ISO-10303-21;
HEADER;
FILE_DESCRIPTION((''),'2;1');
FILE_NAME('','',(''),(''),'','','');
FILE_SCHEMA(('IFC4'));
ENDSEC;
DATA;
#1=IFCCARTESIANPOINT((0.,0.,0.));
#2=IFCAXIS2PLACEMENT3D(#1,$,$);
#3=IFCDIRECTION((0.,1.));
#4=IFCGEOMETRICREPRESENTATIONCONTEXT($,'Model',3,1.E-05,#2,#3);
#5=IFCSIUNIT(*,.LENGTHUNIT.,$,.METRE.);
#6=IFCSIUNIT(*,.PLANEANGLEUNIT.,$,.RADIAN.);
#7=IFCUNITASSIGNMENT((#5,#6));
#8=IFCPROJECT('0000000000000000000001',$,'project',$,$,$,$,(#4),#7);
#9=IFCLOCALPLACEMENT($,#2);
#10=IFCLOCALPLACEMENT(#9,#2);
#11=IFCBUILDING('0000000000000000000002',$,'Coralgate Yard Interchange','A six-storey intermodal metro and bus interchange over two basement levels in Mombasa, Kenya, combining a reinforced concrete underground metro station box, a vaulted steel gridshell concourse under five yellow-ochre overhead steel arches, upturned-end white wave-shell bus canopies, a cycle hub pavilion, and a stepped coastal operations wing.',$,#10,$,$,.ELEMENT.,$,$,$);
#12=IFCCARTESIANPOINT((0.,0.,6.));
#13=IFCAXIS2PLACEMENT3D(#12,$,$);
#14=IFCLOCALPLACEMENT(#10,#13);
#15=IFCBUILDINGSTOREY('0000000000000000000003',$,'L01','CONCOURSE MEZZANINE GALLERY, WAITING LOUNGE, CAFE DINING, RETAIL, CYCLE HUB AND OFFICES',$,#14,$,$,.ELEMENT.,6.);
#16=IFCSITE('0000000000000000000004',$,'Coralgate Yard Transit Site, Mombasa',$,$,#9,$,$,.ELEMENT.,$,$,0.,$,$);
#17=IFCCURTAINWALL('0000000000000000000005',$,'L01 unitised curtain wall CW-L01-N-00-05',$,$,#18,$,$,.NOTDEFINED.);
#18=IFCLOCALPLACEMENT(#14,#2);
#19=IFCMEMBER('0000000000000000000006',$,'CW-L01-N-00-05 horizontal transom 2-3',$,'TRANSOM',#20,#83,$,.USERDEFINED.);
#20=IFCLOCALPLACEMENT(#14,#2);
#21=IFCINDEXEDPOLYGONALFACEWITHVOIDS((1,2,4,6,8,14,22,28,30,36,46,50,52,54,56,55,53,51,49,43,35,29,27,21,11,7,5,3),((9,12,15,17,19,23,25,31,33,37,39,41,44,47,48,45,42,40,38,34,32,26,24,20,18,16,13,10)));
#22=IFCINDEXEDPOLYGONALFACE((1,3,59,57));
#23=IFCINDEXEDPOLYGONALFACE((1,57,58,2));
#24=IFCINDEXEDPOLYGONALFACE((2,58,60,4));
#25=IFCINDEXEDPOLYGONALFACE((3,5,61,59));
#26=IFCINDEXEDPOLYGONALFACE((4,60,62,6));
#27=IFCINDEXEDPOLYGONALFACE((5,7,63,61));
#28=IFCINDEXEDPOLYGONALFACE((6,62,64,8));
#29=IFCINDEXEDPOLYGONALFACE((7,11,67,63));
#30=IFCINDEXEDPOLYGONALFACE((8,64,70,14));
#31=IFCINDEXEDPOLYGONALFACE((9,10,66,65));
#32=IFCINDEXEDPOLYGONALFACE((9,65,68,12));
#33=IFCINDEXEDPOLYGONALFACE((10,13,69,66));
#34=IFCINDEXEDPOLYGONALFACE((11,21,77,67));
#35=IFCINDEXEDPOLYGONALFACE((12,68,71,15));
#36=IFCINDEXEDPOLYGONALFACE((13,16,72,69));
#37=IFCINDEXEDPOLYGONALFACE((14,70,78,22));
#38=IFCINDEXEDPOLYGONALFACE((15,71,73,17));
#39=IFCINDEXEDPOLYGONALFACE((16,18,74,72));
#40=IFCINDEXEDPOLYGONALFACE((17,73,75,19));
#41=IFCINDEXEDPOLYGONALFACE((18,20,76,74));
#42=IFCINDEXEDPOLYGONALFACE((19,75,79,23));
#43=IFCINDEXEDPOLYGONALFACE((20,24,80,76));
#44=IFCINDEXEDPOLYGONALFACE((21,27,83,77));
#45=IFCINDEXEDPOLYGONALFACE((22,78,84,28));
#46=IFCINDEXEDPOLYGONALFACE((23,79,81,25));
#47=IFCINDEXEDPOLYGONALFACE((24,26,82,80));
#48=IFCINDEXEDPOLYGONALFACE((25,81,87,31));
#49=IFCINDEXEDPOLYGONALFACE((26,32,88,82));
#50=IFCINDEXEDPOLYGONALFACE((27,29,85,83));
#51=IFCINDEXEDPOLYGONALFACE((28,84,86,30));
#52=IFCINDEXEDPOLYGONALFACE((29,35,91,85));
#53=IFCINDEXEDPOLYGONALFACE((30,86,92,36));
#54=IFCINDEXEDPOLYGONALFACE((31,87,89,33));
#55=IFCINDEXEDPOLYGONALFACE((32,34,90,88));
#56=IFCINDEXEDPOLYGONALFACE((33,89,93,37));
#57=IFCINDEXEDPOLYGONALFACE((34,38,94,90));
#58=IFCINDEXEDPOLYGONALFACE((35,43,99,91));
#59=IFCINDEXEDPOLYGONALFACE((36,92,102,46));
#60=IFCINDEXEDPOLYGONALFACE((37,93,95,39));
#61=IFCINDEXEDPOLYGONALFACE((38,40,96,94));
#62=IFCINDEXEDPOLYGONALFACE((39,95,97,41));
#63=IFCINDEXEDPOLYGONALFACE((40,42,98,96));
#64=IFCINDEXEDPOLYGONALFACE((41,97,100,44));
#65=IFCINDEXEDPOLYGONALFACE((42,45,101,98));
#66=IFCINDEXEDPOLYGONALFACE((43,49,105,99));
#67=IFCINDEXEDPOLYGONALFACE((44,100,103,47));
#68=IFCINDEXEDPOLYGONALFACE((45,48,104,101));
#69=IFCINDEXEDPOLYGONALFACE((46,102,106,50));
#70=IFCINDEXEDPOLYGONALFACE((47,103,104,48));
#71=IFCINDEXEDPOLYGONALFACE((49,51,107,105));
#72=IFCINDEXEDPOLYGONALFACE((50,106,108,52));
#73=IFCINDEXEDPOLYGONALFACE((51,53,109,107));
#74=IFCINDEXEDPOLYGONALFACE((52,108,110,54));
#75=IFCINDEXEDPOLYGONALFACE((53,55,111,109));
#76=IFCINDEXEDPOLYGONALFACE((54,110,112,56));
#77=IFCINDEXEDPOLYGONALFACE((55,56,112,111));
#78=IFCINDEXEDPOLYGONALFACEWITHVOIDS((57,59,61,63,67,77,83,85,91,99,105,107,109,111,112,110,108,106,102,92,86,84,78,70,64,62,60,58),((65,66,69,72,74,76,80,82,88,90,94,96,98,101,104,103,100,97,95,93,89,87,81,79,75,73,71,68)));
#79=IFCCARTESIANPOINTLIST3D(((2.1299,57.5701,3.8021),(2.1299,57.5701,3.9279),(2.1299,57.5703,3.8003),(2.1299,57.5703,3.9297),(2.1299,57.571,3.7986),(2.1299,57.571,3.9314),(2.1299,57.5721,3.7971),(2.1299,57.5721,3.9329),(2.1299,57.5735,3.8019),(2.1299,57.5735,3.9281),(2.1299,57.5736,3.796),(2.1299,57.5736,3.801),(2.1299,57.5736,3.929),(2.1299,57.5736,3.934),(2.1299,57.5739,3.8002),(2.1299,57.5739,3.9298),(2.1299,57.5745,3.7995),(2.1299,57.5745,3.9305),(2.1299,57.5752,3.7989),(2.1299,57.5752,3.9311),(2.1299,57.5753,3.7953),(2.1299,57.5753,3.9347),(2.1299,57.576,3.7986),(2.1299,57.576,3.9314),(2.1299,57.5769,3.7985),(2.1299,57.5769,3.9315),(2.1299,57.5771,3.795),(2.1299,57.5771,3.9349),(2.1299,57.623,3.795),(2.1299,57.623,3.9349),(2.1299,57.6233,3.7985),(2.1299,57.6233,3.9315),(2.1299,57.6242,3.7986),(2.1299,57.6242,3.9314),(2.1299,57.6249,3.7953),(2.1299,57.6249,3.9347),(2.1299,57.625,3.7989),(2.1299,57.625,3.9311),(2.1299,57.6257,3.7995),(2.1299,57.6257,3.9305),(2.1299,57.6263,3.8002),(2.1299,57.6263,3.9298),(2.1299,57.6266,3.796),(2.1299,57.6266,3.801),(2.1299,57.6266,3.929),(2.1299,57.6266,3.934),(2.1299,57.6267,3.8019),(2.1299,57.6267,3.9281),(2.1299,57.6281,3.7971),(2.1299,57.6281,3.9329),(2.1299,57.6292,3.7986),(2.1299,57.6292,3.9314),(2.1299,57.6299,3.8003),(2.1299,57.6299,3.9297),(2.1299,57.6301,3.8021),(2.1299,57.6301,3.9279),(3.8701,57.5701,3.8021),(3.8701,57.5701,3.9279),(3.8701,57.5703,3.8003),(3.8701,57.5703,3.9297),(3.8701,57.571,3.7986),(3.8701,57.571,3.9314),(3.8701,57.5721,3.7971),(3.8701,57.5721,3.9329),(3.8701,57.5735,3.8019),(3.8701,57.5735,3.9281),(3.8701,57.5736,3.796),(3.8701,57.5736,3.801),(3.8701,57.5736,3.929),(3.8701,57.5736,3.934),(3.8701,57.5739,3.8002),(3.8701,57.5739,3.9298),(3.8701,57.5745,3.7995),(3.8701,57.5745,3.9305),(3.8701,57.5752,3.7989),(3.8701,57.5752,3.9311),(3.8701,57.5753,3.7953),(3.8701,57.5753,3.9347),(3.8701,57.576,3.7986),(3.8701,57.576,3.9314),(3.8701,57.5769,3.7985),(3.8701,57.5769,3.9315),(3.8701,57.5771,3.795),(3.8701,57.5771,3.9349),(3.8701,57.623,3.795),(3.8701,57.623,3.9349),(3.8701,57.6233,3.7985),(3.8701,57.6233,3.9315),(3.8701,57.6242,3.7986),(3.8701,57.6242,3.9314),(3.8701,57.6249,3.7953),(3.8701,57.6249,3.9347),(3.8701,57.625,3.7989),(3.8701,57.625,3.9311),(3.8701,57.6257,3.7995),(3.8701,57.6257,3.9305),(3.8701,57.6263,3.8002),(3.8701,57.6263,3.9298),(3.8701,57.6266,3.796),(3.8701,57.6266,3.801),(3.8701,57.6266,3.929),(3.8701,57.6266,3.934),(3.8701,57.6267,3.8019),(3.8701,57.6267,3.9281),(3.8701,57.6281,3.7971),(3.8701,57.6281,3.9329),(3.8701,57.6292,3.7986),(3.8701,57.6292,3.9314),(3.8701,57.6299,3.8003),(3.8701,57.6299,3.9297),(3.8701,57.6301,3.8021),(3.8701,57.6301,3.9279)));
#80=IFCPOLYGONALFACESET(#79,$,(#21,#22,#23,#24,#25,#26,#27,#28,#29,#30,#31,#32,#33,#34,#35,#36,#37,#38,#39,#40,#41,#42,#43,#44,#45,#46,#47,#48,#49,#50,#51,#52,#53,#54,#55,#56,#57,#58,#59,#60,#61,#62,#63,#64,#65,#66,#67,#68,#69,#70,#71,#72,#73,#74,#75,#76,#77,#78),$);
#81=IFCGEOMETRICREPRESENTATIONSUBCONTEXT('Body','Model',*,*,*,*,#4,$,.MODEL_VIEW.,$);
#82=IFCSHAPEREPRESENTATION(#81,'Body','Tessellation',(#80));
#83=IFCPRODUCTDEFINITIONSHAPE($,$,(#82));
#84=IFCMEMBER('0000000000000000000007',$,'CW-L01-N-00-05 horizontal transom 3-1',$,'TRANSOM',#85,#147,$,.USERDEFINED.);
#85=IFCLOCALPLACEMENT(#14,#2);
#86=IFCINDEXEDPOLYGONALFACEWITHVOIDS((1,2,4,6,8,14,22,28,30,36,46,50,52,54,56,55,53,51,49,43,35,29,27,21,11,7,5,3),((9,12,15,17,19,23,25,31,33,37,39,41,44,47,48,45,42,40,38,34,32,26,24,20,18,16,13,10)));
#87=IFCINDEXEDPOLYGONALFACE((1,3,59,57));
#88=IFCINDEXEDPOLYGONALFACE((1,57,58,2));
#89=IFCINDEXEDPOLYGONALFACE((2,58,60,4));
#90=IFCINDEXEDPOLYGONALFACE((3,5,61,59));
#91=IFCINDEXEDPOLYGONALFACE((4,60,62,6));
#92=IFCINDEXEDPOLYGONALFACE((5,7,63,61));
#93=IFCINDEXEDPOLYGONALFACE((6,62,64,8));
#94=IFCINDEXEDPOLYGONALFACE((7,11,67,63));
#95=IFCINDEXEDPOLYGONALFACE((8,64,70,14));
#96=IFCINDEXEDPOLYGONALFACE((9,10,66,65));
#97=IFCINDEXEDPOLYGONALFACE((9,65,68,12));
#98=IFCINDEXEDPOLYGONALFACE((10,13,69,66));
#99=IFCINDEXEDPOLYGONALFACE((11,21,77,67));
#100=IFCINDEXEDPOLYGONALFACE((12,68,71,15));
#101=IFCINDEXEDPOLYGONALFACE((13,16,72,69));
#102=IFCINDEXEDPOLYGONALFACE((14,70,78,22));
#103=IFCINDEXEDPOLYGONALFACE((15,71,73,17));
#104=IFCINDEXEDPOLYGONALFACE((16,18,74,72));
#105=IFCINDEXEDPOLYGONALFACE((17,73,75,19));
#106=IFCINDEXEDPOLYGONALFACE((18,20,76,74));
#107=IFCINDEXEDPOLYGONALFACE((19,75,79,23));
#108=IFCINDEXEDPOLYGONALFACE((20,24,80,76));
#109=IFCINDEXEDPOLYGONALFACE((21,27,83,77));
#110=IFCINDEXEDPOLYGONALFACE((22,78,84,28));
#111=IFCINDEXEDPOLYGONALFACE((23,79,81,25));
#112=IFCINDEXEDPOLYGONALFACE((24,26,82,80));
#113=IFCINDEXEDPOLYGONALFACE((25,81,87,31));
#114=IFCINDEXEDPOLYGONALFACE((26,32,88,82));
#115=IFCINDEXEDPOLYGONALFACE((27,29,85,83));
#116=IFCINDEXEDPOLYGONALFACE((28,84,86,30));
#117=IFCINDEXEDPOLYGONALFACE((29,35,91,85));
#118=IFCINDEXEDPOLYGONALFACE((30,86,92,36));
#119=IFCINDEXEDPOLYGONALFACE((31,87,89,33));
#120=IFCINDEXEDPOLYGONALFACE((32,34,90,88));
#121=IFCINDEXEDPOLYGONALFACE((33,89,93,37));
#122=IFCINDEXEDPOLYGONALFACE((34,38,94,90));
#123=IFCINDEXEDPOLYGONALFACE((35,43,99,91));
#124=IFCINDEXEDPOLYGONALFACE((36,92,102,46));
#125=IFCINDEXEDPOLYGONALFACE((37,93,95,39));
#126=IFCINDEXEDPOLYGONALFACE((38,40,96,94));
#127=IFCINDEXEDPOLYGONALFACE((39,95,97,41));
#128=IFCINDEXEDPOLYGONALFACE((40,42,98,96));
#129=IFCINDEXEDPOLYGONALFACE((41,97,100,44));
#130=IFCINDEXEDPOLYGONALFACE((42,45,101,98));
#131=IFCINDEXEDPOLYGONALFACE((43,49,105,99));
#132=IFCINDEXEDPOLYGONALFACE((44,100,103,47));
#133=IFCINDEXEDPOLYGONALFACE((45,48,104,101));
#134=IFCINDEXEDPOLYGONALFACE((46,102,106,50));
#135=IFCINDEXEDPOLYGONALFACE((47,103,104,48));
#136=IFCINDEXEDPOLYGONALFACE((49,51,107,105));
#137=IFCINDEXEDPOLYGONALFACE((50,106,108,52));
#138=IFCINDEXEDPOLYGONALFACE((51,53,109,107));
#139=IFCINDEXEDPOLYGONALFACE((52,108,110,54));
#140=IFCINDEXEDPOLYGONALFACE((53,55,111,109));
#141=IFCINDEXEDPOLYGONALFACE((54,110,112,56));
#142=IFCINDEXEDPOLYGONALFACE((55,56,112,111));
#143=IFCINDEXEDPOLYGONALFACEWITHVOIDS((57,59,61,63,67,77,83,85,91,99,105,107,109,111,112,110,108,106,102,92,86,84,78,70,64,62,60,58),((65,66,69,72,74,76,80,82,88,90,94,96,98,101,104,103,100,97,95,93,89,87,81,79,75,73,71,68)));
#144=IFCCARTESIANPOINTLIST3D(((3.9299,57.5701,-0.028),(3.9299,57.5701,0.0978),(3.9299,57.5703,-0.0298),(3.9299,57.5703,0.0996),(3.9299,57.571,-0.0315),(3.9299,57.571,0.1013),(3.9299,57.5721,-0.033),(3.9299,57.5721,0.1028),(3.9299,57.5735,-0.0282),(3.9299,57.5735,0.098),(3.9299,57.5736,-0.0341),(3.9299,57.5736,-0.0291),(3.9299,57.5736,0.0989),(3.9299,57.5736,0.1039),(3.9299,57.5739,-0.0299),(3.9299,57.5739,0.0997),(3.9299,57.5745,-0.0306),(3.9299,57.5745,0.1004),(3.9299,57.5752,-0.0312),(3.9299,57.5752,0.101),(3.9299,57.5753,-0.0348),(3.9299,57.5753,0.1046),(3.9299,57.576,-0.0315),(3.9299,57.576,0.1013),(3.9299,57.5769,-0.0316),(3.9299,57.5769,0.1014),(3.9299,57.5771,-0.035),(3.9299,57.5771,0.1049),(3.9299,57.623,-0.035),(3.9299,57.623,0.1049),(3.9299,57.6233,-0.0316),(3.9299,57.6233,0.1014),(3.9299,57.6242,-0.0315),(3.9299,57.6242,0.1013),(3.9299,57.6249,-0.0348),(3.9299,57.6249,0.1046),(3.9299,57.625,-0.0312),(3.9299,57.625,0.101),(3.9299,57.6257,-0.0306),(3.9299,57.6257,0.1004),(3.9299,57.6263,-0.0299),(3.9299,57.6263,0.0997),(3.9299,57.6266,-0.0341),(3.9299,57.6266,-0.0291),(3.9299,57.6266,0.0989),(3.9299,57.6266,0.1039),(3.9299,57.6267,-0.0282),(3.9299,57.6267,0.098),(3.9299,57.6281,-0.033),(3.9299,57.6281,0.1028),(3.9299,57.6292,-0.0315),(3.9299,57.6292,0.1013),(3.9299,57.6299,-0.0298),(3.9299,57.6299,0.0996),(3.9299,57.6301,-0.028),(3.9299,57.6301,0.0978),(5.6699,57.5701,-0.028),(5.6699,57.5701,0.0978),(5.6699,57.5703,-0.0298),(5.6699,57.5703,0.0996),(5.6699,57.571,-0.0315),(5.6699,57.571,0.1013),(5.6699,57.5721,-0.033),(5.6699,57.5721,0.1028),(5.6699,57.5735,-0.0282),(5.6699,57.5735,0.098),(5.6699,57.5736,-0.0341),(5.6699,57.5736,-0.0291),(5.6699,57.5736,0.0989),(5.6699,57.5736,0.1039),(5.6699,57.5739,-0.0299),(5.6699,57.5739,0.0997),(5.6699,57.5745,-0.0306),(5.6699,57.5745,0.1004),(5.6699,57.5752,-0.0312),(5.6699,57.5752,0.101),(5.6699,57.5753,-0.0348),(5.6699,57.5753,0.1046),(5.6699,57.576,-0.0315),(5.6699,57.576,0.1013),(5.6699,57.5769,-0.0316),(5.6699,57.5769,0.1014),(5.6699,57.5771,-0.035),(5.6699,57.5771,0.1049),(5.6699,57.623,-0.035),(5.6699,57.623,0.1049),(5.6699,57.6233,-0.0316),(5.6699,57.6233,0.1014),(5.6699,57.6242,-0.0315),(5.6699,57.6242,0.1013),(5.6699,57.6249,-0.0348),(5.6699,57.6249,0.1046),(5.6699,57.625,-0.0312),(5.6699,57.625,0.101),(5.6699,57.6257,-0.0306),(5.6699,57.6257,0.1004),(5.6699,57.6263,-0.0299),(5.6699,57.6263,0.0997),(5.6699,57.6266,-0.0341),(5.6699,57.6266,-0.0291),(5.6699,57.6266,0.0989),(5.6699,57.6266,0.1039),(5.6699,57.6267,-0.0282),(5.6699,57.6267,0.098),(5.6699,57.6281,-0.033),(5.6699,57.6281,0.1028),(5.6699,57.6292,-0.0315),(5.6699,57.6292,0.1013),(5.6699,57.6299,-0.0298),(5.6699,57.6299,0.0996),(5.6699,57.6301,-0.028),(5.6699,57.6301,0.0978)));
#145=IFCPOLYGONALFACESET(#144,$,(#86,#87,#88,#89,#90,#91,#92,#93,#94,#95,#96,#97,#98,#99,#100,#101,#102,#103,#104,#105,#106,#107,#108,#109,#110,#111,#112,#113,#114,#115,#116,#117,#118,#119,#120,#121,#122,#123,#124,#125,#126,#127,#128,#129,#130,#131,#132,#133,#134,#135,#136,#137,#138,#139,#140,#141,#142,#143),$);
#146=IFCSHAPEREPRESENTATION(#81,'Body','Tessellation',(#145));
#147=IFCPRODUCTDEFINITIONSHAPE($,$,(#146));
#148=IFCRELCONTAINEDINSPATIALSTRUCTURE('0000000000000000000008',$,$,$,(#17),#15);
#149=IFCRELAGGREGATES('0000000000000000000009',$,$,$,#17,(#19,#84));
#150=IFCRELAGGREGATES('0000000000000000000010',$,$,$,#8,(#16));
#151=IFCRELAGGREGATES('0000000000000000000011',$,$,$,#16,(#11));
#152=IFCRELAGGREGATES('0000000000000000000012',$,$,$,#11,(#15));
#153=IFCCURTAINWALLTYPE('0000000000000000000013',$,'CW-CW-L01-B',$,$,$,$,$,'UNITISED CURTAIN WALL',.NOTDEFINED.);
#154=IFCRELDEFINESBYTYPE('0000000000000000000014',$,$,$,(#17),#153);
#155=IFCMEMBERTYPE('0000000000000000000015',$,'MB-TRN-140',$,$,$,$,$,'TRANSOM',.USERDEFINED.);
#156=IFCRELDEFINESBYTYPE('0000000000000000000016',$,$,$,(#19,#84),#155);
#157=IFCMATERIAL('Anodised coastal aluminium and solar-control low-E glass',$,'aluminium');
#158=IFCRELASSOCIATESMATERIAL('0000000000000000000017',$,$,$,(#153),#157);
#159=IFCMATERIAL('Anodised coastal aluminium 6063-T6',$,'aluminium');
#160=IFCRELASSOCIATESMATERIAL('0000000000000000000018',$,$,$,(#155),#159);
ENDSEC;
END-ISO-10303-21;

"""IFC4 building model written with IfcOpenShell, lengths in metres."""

from ifc_helpers import new_model, si_unit, direction, frame, origin, origin_2d, place, context, subcontext, project, spatial, hollow_rectangle, extrude, material, material_profile, profile_set, type_object, element, aggregate, save


model = new_model("IFC4")

# Units and contexts
model_context = context("Model", 3, precision=1e-05, world=origin(), true_north=direction((0.0, 1.0)))
body_context = subcontext(model_context, "Body", "Model", "MODEL_VIEW")
ifc_project = project(units=[si_unit("LENGTHUNIT", "METRE"), si_unit("PLANEANGLEUNIT", "RADIAN")], contexts=[model_context])

# Site, building, storey
site_placement = place(None, origin())
site = spatial("IfcSite", under=ifc_project, at=site_placement, Name="Coralgate Yard Transit Site, Mombasa", CompositionType="ELEMENT", RefElevation=0.0)
building_placement = place(site_placement, origin())
building = spatial("IfcBuilding", under=site, at=building_placement, Name="Coralgate Yard Interchange", Description="A six-storey intermodal metro and bus interchange over two basement levels in Mombasa, Kenya, combining a reinforced concrete underground metro station box, a vaulted steel gridshell concourse under five yellow-ochre overhead steel arches, upturned-end white wave-shell bus canopies, a cycle hub pavilion, and a stepped coastal operations wing.", CompositionType="ELEMENT")
storey_placement = place(building_placement, frame((0.0, 0.0, 6.0)))
storey = spatial("IfcBuildingStorey", under=building, at=storey_placement, Name="L01", Description="CONCOURSE MEZZANINE GALLERY, WAITING LOUNGE, CAFE DINING, RETAIL, CYCLE HUB AND OFFICES", CompositionType="ELEMENT", Elevation=6.0)

# Curtain wall
ifc_material_1 = material(Name="Anodised coastal aluminium and solar-control low-E glass", Category="aluminium")
ifc_material_2 = material(Name="Anodised coastal aluminium 6063-T6", Category="aluminium")
curtain_wall_type_1 = type_object("IfcCurtainWallType", Name="CW-CW-L01-B", ElementType="UNITISED CURTAIN WALL", PredefinedType="NOTDEFINED", material=ifc_material_1)
curtain_wall_1_placement = place(storey_placement, origin())
curtain_wall_1 = element("IfcCurtainWall", 1, at=curtain_wall_1_placement, inside=storey, type_object=curtain_wall_type_1, Name="L01 unitised curtain wall CW-L01-N-00-05", PredefinedType="NOTDEFINED")

# Members
ifc_material_profile_1 = material_profile(ifc_material_2, hollow_rectangle(XDim=0.0601, YDim=0.1399, WallThickness=0.0034, InnerFilletRadius=0.0034, OuterFilletRadius=0.0071, at=origin_2d()), Name="ALU 60x140x3.5")
ifc_profile_set_1 = profile_set([ifc_material_profile_1], Name="Anodised coastal aluminium 6063-T6")
member_type_1 = type_object("IfcMemberType", Name="MB-TRN-140", ElementType="TRANSOM", PredefinedType="USERDEFINED", material=ifc_profile_set_1)
member_1_placement = place(storey_placement, frame((2.1299, 57.6001, 3.865), z_axis=(1.0, 0.0, 0.0), x_axis=(0.0, 1.0, 0.0)))
member_1 = element("IfcMember", 2, at=member_1_placement, type_object=member_type_1, Name="CW-L01-N-00-05 horizontal transom 2-3", ObjectType="TRANSOM", PredefinedType="USERDEFINED", context=body_context, shape_type="SweptSolid", body=[
    extrude(hollow_rectangle(XDim=0.0601, YDim=0.1399, WallThickness=0.0034, InnerFilletRadius=0.0034, OuterFilletRadius=0.0071, at=origin_2d()), origin(), (0.0, 0.0, 1.0), 1.7402),
])
member_2_placement = place(storey_placement, frame((3.9299, 57.6001, 0.0349), z_axis=(1.0, 0.0, 0.0), x_axis=(0.0, 1.0, 0.0)))
member_2 = element("IfcMember", 3, at=member_2_placement, type_object=member_type_1, Name="CW-L01-N-00-05 horizontal transom 3-1", ObjectType="TRANSOM", PredefinedType="USERDEFINED", context=body_context, shape_type="SweptSolid", body=[
    extrude(hollow_rectangle(XDim=0.0601, YDim=0.1399, WallThickness=0.0034, InnerFilletRadius=0.0034, OuterFilletRadius=0.0071, at=origin_2d()), origin(), (0.0, 0.0, 1.0), 1.74),
])

aggregate(curtain_wall_1, [member_1, member_2])

save(model, "model.ifc")
